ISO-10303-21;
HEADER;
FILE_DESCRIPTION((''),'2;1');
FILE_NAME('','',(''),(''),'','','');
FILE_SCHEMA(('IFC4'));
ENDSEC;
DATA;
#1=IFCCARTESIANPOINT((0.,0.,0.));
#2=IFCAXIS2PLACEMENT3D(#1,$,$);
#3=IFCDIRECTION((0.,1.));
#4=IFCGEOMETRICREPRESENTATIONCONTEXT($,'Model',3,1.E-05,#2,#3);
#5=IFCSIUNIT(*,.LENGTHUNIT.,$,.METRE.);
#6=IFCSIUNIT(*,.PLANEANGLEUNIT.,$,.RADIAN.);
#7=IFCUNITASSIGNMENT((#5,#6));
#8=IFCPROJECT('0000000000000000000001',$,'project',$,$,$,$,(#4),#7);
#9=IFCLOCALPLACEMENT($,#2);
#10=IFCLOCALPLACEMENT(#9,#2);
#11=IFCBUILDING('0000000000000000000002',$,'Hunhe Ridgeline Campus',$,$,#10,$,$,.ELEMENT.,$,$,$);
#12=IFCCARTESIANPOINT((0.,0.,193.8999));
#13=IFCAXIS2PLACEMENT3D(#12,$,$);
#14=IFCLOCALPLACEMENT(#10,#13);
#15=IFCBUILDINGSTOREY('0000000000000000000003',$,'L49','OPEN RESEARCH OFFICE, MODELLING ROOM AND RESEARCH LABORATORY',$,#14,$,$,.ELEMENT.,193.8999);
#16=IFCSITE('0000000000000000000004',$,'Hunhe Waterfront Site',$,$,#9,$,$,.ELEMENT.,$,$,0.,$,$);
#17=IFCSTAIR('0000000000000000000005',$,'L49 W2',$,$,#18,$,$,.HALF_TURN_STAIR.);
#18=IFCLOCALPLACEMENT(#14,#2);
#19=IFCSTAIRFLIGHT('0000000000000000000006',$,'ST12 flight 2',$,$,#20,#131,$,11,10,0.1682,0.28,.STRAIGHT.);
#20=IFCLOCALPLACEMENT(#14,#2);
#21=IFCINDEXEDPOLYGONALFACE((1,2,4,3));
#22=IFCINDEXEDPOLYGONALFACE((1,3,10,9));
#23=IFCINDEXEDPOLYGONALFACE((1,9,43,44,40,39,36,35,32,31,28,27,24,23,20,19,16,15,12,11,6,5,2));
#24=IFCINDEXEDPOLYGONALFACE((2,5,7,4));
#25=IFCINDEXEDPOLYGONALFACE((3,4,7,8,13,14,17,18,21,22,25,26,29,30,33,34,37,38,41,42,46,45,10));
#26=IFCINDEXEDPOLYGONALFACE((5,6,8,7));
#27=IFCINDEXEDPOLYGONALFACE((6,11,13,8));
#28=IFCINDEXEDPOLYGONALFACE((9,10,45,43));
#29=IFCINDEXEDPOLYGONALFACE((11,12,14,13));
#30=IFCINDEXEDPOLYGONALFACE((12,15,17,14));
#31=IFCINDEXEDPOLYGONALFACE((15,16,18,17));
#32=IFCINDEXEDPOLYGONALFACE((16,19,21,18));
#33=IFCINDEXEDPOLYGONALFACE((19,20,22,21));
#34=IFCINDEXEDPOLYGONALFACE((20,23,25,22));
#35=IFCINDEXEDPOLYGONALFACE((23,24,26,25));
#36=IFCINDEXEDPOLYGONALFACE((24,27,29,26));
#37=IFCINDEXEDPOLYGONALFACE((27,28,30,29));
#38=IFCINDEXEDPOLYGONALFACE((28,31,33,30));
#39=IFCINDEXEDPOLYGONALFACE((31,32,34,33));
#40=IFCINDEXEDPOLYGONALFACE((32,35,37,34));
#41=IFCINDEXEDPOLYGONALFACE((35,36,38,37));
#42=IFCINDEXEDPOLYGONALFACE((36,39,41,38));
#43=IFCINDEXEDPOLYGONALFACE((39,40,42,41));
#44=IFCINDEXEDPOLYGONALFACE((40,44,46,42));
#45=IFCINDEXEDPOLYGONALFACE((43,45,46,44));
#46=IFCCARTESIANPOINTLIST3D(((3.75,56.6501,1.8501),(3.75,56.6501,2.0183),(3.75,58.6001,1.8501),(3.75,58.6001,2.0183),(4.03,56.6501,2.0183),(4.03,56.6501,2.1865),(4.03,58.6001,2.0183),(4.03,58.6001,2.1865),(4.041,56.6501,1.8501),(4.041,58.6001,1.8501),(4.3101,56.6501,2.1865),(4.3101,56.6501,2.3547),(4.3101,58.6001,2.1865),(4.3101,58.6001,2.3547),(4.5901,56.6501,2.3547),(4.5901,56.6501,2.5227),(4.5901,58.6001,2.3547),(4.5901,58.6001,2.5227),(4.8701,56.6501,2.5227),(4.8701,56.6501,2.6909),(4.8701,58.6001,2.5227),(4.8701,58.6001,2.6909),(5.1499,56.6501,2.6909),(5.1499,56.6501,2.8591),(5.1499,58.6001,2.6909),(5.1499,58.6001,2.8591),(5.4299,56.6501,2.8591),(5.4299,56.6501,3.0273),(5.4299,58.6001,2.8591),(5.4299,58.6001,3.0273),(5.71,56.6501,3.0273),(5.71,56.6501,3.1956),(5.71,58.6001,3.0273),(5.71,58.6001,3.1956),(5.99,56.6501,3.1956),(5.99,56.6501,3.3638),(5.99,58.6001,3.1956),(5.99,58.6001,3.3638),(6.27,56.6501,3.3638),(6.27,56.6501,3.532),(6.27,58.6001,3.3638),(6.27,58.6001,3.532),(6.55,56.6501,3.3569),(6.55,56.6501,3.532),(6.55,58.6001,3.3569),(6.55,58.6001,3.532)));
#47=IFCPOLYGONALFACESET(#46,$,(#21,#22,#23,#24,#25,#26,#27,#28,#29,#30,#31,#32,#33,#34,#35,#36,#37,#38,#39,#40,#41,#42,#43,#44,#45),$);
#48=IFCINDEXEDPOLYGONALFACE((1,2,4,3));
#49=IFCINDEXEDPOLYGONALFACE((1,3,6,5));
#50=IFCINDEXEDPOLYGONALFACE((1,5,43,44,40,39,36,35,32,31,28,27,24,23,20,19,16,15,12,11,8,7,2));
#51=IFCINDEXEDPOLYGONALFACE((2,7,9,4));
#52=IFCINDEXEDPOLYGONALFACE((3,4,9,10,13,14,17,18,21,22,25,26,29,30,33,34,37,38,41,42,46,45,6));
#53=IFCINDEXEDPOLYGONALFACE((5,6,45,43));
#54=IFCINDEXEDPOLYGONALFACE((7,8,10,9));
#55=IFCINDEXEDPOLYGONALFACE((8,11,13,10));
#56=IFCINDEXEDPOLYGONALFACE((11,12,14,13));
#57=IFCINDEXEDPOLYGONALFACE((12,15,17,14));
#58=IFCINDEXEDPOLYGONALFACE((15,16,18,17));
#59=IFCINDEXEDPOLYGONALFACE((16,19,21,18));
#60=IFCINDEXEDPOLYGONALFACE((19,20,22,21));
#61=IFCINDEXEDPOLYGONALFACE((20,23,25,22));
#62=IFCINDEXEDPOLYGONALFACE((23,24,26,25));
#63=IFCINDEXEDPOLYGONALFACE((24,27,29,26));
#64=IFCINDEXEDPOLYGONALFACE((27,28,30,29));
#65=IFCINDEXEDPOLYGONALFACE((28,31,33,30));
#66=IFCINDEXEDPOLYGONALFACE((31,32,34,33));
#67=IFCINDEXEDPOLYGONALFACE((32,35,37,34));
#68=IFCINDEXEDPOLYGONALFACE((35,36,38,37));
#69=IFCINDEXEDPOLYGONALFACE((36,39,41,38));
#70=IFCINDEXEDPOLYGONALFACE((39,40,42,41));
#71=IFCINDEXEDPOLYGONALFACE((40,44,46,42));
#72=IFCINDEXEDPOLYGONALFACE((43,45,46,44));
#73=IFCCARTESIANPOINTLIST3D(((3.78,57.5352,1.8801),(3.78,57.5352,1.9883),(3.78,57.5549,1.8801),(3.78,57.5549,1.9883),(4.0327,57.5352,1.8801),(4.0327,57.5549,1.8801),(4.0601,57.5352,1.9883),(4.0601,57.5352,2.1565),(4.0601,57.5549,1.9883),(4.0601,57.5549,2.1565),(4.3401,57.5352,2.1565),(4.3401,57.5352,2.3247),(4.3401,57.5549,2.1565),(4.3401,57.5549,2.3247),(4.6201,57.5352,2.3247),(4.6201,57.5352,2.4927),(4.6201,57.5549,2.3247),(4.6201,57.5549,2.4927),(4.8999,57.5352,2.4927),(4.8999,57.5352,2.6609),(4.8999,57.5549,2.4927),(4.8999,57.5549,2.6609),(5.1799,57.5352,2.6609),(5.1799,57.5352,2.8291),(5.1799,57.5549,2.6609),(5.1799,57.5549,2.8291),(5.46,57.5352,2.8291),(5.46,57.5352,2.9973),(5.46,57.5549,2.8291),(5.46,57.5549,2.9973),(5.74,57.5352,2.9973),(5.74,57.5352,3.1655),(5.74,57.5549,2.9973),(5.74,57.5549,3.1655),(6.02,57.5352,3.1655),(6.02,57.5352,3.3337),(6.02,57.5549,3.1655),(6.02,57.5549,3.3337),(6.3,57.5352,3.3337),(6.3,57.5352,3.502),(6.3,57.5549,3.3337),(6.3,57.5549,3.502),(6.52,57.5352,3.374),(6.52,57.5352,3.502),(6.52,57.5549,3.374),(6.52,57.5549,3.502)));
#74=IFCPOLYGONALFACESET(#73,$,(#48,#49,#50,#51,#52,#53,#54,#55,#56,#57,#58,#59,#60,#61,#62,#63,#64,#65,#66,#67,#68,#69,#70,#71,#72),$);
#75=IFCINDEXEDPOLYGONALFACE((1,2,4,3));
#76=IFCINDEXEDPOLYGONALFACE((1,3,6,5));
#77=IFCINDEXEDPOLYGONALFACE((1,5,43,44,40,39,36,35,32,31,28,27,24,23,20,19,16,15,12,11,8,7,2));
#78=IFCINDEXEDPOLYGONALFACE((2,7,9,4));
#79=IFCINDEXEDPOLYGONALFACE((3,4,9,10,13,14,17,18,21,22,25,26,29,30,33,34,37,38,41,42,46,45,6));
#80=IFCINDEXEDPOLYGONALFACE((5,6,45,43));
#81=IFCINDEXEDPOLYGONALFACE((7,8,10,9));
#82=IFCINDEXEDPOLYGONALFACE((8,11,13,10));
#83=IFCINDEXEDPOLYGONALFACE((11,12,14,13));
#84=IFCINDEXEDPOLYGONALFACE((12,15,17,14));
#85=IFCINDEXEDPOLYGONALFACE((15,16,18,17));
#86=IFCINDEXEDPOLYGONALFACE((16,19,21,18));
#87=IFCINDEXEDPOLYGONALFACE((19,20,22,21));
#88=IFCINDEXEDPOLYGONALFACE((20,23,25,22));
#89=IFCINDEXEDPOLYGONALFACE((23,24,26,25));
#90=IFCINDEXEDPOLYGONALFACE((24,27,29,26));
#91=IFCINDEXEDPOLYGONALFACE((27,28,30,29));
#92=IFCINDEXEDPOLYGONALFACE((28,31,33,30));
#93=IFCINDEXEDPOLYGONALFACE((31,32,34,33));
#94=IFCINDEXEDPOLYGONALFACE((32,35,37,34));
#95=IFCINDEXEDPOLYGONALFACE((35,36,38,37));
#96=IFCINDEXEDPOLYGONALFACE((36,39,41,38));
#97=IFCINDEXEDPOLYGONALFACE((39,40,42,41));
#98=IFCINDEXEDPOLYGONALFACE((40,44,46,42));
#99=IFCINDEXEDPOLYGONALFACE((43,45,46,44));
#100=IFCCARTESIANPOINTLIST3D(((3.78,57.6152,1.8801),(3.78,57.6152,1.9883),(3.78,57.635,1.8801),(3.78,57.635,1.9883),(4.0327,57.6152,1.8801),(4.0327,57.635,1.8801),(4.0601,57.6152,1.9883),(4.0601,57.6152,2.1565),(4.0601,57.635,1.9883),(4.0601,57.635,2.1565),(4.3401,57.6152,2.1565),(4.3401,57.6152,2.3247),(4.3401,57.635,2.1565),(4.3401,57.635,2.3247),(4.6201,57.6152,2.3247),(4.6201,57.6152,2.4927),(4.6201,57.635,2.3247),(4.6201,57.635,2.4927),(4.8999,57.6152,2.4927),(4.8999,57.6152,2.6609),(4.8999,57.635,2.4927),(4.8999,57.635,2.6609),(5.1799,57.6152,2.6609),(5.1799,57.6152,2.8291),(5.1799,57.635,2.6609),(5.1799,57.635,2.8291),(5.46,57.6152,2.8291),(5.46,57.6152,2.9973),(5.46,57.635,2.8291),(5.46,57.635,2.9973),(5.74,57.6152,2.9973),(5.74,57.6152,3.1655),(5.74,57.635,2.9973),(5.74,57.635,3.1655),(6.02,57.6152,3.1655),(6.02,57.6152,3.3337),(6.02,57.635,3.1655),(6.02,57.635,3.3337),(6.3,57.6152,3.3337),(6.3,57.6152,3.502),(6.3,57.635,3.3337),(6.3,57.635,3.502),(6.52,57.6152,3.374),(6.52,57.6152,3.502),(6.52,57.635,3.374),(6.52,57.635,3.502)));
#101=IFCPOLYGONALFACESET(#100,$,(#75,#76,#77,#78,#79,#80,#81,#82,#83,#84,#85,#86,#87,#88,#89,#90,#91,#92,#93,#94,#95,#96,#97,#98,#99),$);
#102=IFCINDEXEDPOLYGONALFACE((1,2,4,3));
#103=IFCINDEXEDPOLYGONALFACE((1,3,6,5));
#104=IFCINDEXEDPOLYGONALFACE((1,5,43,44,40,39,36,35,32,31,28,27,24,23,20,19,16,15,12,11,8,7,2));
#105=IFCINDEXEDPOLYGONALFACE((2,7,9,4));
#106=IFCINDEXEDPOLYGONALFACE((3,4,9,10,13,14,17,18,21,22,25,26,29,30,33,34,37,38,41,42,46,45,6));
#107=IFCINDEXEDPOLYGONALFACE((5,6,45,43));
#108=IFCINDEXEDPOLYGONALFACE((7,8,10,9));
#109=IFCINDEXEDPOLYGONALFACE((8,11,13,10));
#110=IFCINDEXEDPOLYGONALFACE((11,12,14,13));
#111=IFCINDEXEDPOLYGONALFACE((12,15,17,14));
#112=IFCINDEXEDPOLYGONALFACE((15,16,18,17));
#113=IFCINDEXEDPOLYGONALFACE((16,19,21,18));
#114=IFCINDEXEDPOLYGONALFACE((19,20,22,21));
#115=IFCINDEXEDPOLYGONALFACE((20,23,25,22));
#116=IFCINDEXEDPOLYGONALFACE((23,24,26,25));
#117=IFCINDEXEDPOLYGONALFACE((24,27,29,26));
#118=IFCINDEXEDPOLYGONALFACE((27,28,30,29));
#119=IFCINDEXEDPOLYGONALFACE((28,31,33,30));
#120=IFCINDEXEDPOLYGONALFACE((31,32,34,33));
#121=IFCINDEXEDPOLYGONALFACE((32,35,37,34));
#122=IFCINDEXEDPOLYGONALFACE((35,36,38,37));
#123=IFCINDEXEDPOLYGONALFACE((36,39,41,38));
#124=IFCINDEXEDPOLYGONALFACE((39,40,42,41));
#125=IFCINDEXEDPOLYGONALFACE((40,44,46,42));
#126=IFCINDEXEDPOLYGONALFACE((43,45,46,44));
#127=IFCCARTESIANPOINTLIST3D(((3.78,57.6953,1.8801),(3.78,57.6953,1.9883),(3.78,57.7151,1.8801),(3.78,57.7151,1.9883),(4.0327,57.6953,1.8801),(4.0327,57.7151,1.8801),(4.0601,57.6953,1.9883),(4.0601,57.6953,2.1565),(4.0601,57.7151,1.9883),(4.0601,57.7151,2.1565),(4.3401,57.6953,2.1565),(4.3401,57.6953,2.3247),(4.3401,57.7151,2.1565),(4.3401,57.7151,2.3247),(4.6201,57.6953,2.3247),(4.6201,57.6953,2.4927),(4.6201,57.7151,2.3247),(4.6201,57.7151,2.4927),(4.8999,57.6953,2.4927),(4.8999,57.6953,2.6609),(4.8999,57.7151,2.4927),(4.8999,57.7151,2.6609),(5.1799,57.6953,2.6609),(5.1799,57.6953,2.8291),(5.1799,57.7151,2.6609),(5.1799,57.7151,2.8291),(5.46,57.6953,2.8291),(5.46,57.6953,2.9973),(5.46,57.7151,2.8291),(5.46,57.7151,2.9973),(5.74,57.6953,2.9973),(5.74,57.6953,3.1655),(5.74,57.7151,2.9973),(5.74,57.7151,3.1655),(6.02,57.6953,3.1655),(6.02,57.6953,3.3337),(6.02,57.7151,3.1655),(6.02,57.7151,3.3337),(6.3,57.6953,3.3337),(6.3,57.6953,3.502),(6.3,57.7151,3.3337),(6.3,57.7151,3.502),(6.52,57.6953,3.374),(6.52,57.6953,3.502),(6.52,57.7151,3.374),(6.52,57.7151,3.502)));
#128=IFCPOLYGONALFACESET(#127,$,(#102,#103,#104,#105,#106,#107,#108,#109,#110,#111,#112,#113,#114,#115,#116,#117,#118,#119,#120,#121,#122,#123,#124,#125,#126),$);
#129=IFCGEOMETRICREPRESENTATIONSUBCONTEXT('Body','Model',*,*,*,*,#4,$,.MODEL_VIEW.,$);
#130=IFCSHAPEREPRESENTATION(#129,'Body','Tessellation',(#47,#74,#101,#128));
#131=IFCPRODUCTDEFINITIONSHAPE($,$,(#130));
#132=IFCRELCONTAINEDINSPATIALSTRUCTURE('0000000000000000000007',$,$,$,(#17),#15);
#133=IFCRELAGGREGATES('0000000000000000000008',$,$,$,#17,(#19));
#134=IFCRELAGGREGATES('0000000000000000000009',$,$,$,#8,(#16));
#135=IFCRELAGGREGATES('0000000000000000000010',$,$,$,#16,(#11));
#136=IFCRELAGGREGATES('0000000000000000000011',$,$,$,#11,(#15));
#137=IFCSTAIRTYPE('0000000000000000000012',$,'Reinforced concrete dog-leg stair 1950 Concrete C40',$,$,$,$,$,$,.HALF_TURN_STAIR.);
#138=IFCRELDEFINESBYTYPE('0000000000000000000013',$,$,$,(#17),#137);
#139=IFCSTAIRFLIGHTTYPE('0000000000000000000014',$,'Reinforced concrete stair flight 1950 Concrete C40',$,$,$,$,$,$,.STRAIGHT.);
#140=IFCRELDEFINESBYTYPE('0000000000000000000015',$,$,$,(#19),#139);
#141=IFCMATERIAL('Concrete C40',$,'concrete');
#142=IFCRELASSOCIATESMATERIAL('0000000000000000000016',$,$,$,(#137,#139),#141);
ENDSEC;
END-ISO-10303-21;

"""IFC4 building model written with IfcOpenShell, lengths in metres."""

from ifc_helpers import new_model, si_unit, direction, frame, origin, place, context, subcontext, project, spatial, polyline, outline, extrude, material, type_object, element, aggregate, save


model = new_model("IFC4")

# Units and contexts
model_context = context("Model", 3, precision=1e-05, world=origin(), true_north=direction((0.0, 1.0)))
body_context = subcontext(model_context, "Body", "Model", "MODEL_VIEW")
ifc_project = project(units=[si_unit("LENGTHUNIT", "METRE"), si_unit("PLANEANGLEUNIT", "RADIAN")], contexts=[model_context])

# Site, building, storey
site_placement = place(None, origin())
site = spatial("IfcSite", under=ifc_project, at=site_placement, Name="Hunhe Waterfront Site", CompositionType="ELEMENT", RefElevation=0.0)
building_placement = place(site_placement, origin())
building = spatial("IfcBuilding", under=site, at=building_placement, Name="Hunhe Ridgeline Campus", CompositionType="ELEMENT")
storey_placement = place(building_placement, frame((0.0, 0.0, 193.8999)))
storey = spatial("IfcBuildingStorey", under=building, at=storey_placement, Name="L49", Description="OPEN RESEARCH OFFICE, MODELLING ROOM AND RESEARCH LABORATORY", CompositionType="ELEMENT", Elevation=193.8999)

# Shared definitions
ifc_material_1 = material(Name="Concrete C40", Category="concrete")
stair_type = type_object("IfcStairType", Name="Reinforced concrete dog-leg stair 1950 Concrete C40", PredefinedType="HALF_TURN_STAIR", material=ifc_material_1)
stair_flight_type = type_object("IfcStairFlightType", Name="Reinforced concrete stair flight 1950 Concrete C40", PredefinedType="STRAIGHT", material=ifc_material_1)

# Stair, stair flight
stair_1_placement = place(storey_placement, origin())
stair_1 = element("IfcStair", 1, at=stair_1_placement, inside=storey, type_object=stair_type, Name="L49 W2", PredefinedType="HALF_TURN_STAIR")
stair_flight_1_placement = place(storey_placement, frame((3.75, 57.625, 1.8501), z_axis=(0.0, 0.0, 1.0), x_axis=(1.0, 0.0, 0.0)))
stair_flight_1 = element("IfcStairFlight", 2, at=stair_flight_1_placement, type_object=stair_flight_type, Name="ST12 flight 2", NumberOfRisers=11, NumberOfTreads=10, PredefinedType="STRAIGHT", RiserHeight=0.1682, TreadLength=0.28, context=body_context, shape_type="SweptSolid", body=[
    extrude(outline(polyline([(0.0, 0.0), (0.0, 0.1682), (0.28, 0.1682), (0.28, 0.3364), (0.5601, 0.3364), (0.5601, 0.5046), (0.8401, 0.5046), (0.8401, 0.6726), (1.1201, 0.6726), (1.1201, 0.8408), (1.3999, 0.8408), (1.3999, 1.009), (1.6799, 1.009), (1.6799, 1.1772), (1.96, 1.1772), (1.96, 1.3455), (2.24, 1.3455), (2.24, 1.5137), (2.52, 1.5137), (2.52, 1.6819), (2.8, 1.6819), (2.8, 1.8501), (2.8, 1.5068), (0.291, 0.0), (0.0, 0.0)])), frame((0.0, 0.9751, 0.0), z_axis=(0.0, -1.0, 0.0), x_axis=(1.0, 0.0, 0.0)), (0.0, 0.0, 1.0), 1.95),
    extrude(outline(polyline([(0.03, 0.03), (0.03, 0.1382), (0.3101, 0.1382), (0.3101, 0.3064), (0.5901, 0.3064), (0.5901, 0.4746), (0.8701, 0.4746), (0.8701, 0.6426), (1.1499, 0.6426), (1.1499, 0.8108), (1.4299, 0.8108), (1.4299, 0.979), (1.71, 0.979), (1.71, 1.1472), (1.99, 1.1472), (1.99, 1.3154), (2.27, 1.3154), (2.27, 1.4836), (2.55, 1.4836), (2.55, 1.6519), (2.77, 1.6519), (2.77, 1.5239), (0.2827, 0.03), (0.03, 0.03)])), frame((0.0, -0.0701, 0.0), z_axis=(0.0, -1.0, 0.0), x_axis=(1.0, 0.0, 0.0)), (0.0, 0.0, 1.0), 0.0198),
    extrude(outline(polyline([(0.03, 0.03), (0.03, 0.1382), (0.3101, 0.1382), (0.3101, 0.3064), (0.5901, 0.3064), (0.5901, 0.4746), (0.8701, 0.4746), (0.8701, 0.6426), (1.1499, 0.6426), (1.1499, 0.8108), (1.4299, 0.8108), (1.4299, 0.979), (1.71, 0.979), (1.71, 1.1472), (1.99, 1.1472), (1.99, 1.3154), (2.27, 1.3154), (2.27, 1.4836), (2.55, 1.4836), (2.55, 1.6519), (2.77, 1.6519), (2.77, 1.5239), (0.2827, 0.03), (0.03, 0.03)])), frame((0.0, 0.01, 0.0), z_axis=(0.0, -1.0, 0.0), x_axis=(1.0, 0.0, 0.0)), (0.0, 0.0, 1.0), 0.0198),
    extrude(outline(polyline([(0.03, 0.03), (0.03, 0.1382), (0.3101, 0.1382), (0.3101, 0.3064), (0.5901, 0.3064), (0.5901, 0.4746), (0.8701, 0.4746), (0.8701, 0.6426), (1.1499, 0.6426), (1.1499, 0.8108), (1.4299, 0.8108), (1.4299, 0.979), (1.71, 0.979), (1.71, 1.1472), (1.99, 1.1472), (1.99, 1.3154), (2.27, 1.3154), (2.27, 1.4836), (2.55, 1.4836), (2.55, 1.6519), (2.77, 1.6519), (2.77, 1.5239), (0.2827, 0.03), (0.03, 0.03)])), frame((0.0, 0.0901, 0.0), z_axis=(0.0, -1.0, 0.0), x_axis=(1.0, 0.0, 0.0)), (0.0, 0.0, 1.0), 0.0198),
])
aggregate(stair_1, [stair_flight_1])

save(model, "model.ifc")
